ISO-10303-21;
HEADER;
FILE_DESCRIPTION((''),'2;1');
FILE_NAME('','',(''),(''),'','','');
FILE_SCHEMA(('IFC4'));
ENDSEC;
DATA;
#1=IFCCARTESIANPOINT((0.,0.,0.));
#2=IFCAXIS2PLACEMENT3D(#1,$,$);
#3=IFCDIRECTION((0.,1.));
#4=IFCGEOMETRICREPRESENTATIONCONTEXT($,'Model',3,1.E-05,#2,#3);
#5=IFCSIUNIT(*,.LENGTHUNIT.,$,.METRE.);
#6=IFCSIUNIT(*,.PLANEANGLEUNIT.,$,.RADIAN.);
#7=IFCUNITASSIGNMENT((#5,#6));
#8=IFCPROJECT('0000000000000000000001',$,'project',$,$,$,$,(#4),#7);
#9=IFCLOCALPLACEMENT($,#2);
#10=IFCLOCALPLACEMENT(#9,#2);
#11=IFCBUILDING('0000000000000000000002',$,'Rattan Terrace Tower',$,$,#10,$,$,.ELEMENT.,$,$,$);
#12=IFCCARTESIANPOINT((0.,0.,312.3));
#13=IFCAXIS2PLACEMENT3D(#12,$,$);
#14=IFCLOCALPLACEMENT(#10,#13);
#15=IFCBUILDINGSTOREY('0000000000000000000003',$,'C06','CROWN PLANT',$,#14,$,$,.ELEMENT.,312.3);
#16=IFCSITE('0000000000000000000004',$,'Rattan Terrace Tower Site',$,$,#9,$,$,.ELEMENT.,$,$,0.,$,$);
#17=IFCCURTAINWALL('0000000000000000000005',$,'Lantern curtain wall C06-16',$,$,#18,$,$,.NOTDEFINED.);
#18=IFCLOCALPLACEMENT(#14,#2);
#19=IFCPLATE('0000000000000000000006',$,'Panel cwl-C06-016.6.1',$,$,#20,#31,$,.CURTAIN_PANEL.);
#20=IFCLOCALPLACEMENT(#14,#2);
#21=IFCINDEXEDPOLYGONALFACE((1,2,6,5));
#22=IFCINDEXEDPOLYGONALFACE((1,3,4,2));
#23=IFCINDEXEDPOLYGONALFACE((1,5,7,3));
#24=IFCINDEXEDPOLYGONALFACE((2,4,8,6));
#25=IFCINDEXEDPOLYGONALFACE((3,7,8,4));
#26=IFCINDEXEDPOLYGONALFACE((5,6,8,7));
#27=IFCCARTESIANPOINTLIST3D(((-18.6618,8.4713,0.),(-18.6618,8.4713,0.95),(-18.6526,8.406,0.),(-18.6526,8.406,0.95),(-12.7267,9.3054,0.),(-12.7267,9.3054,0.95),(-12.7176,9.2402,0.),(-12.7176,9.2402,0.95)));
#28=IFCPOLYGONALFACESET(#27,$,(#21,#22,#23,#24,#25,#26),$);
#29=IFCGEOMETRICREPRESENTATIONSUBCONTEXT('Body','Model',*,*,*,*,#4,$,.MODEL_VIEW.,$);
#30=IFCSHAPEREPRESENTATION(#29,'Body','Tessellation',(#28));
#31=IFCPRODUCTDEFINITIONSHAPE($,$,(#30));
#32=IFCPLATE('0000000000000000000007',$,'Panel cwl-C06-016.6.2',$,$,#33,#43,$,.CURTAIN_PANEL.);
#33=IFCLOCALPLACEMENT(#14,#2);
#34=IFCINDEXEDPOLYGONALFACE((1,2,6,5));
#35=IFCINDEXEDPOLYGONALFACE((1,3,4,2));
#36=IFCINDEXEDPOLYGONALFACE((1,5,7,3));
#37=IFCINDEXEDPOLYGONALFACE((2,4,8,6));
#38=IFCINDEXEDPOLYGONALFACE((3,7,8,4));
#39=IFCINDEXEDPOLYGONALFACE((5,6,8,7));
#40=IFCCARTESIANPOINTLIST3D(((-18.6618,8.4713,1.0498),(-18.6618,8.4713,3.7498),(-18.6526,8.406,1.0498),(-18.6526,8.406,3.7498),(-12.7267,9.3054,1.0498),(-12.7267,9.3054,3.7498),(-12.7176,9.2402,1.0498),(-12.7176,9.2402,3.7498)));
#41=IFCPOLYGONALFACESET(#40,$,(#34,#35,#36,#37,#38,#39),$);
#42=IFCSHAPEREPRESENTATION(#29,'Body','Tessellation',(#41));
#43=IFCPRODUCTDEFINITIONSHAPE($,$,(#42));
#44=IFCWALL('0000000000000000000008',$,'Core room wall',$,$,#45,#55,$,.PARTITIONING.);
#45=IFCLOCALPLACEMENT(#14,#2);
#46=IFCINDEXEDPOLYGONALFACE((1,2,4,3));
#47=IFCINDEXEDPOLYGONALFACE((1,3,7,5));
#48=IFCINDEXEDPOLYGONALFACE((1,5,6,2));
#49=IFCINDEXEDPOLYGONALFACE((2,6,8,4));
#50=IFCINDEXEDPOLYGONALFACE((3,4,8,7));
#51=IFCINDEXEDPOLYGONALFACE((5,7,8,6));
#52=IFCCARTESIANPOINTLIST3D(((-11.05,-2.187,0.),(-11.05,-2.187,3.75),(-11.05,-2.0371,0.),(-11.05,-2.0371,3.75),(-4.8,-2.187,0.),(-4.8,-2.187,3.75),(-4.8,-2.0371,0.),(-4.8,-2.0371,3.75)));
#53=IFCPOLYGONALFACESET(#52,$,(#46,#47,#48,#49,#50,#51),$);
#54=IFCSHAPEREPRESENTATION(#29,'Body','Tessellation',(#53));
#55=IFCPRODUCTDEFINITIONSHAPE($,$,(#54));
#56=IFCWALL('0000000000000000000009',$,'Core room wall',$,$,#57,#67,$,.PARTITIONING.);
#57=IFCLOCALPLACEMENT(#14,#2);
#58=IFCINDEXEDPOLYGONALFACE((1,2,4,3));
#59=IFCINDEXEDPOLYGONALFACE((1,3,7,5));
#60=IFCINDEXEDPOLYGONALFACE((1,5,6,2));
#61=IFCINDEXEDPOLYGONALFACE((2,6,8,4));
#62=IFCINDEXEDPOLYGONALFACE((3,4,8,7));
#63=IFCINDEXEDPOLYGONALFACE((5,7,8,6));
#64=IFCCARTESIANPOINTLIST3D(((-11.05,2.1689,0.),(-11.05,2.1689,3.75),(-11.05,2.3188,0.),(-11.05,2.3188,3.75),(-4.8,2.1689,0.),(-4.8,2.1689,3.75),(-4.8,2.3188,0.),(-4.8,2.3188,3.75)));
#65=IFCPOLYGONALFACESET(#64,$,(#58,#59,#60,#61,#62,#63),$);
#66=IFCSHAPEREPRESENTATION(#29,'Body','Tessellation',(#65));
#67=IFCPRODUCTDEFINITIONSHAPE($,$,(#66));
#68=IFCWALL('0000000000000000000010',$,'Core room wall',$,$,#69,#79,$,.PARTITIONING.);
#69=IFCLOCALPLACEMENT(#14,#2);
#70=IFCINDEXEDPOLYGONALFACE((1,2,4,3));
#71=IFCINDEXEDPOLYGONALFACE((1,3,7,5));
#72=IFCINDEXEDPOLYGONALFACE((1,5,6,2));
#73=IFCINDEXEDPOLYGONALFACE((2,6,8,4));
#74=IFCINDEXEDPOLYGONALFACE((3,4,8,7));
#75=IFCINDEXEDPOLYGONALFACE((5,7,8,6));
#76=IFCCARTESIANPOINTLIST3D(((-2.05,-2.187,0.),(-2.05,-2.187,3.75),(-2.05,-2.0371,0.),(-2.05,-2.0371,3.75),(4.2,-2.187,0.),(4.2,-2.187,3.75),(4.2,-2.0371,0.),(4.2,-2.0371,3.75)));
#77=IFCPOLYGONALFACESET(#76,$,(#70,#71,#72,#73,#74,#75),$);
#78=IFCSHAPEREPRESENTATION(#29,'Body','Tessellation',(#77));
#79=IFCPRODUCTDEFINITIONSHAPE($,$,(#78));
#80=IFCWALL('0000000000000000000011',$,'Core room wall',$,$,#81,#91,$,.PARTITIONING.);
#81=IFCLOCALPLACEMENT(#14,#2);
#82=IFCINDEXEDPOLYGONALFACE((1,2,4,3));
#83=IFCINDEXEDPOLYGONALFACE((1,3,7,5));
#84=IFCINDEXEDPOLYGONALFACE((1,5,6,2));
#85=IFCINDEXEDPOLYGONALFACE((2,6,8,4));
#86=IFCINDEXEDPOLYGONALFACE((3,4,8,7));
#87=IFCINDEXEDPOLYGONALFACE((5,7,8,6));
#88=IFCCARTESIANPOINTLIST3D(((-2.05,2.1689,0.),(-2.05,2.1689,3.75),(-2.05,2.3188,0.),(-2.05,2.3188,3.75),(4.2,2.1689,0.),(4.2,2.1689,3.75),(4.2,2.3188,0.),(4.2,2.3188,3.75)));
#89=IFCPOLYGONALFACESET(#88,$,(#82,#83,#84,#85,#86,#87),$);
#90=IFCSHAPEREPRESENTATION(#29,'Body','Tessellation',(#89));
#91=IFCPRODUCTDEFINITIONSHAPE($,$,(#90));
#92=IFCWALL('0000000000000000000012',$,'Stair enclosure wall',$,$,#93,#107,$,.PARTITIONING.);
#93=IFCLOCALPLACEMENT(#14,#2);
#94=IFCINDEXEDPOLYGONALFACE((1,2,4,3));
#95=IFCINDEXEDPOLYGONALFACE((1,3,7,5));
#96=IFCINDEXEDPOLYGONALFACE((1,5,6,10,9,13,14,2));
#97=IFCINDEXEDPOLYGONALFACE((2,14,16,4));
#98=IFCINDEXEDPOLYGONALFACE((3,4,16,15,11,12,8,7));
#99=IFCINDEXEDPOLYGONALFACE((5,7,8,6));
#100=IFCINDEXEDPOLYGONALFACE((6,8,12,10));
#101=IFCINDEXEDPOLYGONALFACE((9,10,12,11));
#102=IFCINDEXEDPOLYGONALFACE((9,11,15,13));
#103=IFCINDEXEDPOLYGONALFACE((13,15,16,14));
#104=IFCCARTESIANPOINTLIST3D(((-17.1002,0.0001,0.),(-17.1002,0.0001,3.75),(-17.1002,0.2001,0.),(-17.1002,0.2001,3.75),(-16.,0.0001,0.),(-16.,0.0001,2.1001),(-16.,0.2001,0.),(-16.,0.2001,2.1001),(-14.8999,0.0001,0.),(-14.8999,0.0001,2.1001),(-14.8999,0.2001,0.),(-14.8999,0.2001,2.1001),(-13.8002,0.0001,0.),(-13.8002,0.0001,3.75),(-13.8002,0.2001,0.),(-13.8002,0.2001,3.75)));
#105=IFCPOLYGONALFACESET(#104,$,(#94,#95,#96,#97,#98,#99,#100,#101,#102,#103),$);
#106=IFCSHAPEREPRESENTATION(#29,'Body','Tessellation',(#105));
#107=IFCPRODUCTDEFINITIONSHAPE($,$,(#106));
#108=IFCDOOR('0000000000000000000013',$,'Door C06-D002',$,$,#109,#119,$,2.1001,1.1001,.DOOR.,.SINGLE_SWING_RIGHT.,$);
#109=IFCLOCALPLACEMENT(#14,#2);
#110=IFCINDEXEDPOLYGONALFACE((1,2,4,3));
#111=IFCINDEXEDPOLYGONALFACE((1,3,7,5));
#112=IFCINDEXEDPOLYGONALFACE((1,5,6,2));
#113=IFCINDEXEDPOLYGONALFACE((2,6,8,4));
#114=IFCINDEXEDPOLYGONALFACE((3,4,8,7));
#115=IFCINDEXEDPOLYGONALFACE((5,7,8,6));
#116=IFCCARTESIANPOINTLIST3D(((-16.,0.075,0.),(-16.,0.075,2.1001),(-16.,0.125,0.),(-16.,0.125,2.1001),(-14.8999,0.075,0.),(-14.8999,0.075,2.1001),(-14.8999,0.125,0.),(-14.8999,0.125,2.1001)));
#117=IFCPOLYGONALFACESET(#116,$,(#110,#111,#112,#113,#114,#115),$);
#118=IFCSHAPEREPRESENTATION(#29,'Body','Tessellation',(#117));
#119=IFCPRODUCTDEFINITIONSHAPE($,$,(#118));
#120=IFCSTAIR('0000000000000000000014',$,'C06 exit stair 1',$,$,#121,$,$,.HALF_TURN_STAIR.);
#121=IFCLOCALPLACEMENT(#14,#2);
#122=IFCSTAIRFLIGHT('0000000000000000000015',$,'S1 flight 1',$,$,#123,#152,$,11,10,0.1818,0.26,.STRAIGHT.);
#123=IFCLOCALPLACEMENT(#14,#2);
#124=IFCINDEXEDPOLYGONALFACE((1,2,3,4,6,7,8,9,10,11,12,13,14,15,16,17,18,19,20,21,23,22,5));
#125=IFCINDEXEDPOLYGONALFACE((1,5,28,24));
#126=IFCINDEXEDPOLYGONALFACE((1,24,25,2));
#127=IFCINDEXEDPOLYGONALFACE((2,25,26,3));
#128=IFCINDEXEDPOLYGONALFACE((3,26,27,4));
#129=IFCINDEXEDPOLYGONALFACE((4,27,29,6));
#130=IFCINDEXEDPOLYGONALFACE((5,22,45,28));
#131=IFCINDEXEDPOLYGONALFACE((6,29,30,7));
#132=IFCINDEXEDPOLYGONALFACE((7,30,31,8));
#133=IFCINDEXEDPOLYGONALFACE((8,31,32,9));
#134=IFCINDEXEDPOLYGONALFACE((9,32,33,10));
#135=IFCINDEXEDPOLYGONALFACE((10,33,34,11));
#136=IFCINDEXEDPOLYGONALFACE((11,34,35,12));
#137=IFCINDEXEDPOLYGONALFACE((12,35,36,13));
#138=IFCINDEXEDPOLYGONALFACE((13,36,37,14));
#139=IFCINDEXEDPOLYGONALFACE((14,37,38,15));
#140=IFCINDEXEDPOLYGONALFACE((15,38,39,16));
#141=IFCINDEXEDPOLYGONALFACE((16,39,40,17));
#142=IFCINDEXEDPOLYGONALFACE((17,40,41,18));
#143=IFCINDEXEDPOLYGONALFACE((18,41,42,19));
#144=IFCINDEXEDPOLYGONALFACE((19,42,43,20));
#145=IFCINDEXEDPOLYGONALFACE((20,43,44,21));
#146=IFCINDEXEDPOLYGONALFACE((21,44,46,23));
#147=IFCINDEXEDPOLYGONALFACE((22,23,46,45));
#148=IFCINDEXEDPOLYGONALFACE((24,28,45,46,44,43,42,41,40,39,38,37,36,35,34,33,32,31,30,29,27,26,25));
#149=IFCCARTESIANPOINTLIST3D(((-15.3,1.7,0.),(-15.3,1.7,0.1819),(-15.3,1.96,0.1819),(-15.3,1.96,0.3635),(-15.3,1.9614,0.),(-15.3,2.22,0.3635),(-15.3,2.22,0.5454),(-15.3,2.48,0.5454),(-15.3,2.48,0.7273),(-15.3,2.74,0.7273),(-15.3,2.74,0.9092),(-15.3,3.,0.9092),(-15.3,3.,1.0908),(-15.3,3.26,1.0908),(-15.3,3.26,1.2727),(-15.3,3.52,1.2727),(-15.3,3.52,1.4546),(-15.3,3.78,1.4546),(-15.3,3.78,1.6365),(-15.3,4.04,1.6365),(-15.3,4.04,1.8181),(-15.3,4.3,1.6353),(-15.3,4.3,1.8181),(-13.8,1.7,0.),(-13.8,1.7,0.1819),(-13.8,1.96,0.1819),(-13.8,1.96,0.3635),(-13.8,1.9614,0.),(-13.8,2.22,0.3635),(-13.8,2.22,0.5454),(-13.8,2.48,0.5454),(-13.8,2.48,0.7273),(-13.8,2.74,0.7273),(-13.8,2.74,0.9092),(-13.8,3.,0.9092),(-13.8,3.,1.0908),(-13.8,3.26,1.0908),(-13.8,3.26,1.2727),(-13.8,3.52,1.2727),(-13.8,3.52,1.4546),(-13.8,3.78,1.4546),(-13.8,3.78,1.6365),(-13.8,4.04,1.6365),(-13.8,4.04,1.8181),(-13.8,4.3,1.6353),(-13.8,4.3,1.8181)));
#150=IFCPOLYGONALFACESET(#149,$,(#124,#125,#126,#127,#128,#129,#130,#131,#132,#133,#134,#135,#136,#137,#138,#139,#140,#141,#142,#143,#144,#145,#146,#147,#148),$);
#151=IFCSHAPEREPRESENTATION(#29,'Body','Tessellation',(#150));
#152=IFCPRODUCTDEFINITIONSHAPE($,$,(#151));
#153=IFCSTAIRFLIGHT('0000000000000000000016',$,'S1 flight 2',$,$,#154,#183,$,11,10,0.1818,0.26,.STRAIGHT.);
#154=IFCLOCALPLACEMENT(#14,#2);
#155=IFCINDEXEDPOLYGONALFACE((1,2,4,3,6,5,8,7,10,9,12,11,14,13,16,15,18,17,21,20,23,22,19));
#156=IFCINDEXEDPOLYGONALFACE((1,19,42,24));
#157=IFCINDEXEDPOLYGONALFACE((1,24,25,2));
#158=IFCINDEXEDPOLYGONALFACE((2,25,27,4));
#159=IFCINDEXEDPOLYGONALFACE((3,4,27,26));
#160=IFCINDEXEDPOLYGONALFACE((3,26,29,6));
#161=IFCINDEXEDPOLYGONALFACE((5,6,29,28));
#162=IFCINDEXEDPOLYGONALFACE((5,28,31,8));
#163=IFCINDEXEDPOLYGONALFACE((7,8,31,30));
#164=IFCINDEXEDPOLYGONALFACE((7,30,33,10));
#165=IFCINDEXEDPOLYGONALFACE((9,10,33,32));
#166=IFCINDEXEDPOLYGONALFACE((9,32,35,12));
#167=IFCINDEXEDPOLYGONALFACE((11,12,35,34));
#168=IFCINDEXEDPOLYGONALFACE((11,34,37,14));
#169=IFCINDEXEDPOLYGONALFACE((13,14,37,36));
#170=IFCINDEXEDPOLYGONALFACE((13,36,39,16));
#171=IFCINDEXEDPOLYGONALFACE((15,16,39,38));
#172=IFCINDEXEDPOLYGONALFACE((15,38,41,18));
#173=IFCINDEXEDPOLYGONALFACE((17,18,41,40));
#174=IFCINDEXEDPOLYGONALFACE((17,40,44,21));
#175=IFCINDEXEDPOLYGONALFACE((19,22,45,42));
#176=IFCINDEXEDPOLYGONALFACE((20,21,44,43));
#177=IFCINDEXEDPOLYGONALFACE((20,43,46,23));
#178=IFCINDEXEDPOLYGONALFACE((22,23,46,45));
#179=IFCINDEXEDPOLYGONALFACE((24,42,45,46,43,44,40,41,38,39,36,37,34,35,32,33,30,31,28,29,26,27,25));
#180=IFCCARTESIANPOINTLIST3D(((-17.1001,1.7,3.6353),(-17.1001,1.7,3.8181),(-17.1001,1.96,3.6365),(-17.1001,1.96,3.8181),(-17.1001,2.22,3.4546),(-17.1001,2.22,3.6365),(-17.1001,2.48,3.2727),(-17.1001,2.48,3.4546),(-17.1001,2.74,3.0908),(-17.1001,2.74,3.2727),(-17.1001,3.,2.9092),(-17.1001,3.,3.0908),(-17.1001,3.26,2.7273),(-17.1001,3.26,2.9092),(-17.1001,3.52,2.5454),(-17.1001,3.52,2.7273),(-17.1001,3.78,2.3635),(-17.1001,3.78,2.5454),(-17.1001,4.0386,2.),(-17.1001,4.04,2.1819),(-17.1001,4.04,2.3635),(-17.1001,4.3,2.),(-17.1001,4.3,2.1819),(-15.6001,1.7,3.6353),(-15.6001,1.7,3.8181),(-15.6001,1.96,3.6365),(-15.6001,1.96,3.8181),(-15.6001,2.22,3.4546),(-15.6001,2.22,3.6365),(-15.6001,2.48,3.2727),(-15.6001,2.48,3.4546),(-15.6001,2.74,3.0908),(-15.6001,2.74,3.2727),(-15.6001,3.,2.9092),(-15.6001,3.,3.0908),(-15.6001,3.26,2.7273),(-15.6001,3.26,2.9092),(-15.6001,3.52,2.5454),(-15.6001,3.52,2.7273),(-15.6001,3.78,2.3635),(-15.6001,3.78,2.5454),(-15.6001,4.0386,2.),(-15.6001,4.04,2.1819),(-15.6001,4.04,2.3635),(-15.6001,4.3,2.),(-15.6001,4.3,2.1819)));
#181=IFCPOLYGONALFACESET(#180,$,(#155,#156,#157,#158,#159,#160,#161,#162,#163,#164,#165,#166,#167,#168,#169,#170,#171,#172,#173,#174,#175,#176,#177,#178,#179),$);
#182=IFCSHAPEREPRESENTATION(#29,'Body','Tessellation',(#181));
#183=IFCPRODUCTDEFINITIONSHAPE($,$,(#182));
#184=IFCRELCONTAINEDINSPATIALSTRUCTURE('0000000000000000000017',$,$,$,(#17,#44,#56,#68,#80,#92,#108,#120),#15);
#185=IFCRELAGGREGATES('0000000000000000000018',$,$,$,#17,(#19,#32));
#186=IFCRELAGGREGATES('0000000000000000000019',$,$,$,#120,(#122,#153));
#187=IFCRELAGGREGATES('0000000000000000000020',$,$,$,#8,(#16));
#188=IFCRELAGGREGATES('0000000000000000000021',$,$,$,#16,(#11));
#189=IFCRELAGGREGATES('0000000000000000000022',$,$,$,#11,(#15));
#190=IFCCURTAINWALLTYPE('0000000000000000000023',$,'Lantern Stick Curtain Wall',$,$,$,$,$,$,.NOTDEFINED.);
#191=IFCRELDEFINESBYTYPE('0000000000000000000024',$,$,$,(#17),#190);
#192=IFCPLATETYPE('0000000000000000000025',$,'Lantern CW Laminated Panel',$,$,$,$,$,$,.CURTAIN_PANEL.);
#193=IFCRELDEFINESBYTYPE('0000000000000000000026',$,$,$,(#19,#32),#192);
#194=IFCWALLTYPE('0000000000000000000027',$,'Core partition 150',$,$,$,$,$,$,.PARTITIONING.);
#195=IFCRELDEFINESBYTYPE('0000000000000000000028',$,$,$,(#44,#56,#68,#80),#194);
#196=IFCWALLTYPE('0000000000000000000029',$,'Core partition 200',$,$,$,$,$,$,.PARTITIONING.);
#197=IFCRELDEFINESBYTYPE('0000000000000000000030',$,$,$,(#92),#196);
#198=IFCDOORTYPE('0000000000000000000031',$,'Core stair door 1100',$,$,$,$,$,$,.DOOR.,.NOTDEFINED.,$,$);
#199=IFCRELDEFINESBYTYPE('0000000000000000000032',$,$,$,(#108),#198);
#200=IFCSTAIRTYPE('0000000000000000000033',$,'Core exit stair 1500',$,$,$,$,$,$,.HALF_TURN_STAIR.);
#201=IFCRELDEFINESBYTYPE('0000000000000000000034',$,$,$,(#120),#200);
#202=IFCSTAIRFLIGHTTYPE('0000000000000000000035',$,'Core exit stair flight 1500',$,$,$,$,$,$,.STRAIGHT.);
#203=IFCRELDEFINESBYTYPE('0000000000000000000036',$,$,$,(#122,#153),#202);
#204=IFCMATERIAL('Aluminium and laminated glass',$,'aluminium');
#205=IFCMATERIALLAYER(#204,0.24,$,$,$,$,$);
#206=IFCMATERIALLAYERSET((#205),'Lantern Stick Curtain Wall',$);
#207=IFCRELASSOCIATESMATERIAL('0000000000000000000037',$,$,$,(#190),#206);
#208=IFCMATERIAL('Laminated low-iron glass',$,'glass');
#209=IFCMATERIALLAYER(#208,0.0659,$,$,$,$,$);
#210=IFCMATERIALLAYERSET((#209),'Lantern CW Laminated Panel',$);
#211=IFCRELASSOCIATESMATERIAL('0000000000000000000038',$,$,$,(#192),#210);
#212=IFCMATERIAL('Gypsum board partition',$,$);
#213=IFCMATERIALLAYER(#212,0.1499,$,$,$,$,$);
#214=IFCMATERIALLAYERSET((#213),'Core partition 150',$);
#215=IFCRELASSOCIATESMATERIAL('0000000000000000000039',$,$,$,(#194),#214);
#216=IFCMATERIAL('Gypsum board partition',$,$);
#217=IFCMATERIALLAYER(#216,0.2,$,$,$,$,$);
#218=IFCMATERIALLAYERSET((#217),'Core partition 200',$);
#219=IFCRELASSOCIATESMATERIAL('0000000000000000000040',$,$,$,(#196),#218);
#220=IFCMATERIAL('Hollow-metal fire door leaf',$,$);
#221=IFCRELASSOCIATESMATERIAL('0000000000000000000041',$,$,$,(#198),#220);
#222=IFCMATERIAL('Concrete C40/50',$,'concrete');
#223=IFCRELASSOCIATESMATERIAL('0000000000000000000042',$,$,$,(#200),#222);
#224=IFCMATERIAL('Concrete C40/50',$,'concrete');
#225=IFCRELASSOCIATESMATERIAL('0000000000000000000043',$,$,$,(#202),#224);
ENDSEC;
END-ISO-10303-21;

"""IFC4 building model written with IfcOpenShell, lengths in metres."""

from ifc_helpers import new_model, si_unit, direction, frame, frame_2d, origin, origin_2d, place, context, subcontext, project, spatial, polyline, rectangle, outline, extrude, material, layer, layer_set, type_object, element, fill, aggregate, save


model = new_model("IFC4")

# Units and contexts
model_context = context("Model", 3, precision=1e-05, world=origin(), true_north=direction((0.0, 1.0)))
body_context = subcontext(model_context, "Body", "Model", "MODEL_VIEW")
ifc_project = project(units=[si_unit("LENGTHUNIT", "METRE"), si_unit("PLANEANGLEUNIT", "RADIAN")], contexts=[model_context])

# Site, building, storey
site_placement = place(None, origin())
site = spatial("IfcSite", under=ifc_project, at=site_placement, Name="Rattan Terrace Tower Site", CompositionType="ELEMENT", RefElevation=0.0)
building_placement = place(site_placement, origin())
building = spatial("IfcBuilding", under=site, at=building_placement, Name="Rattan Terrace Tower", CompositionType="ELEMENT")
storey_placement = place(building_placement, frame((0.0, 0.0, 312.3)))
storey = spatial("IfcBuildingStorey", under=building, at=storey_placement, Name="C06", Description="CROWN PLANT", CompositionType="ELEMENT", Elevation=312.3)

# Curtain wall, plates
ifc_material_1 = material(Name="Aluminium and laminated glass", Category="aluminium")
ifc_layer_1 = layer(ifc_material_1, 0.24)
ifc_layer_set_1 = layer_set([ifc_layer_1], Name="Lantern Stick Curtain Wall")
curtain_wall_type = type_object("IfcCurtainWallType", Name="Lantern Stick Curtain Wall", PredefinedType="NOTDEFINED", material=ifc_layer_set_1)
curtain_wall_placement = place(storey_placement, origin())
curtain_wall = element("IfcCurtainWall", 1, at=curtain_wall_placement, inside=storey, type_object=curtain_wall_type, Name="Lantern curtain wall C06-16", PredefinedType="NOTDEFINED")
ifc_material_2 = material(Name="Laminated low-iron glass", Category="glass")
ifc_layer_2 = layer(ifc_material_2, 0.0659)
ifc_layer_set_2 = layer_set([ifc_layer_2], Name="Lantern CW Laminated Panel")
plate_type = type_object("IfcPlateType", Name="Lantern CW Laminated Panel", PredefinedType="CURTAIN_PANEL", material=ifc_layer_set_2)
plate_1_placement = place(storey_placement, frame((-15.6897, 8.8557, 0.0), z_axis=(0.0, 0.0, 1.0), x_axis=(-0.990267, -0.139181, 0.0)))
plate_1 = element("IfcPlate", 2, at=plate_1_placement, type_object=plate_type, Name="Panel cwl-C06-016.6.1", PredefinedType="CURTAIN_PANEL", context=body_context, shape_type="SweptSolid", body=[
    extrude(rectangle(XDim=5.9934, YDim=0.0659, at=origin_2d()), origin(), (0.0, 0.0, 1.0), 0.95),
])
plate_2_placement = place(storey_placement, frame((-15.6897, 8.8557, 1.0498), z_axis=(0.0, 0.0, 1.0), x_axis=(-0.990267, -0.139181, 0.0)))
plate_2 = element("IfcPlate", 3, at=plate_2_placement, type_object=plate_type, Name="Panel cwl-C06-016.6.2", PredefinedType="CURTAIN_PANEL", context=body_context, shape_type="SweptSolid", body=[
    extrude(rectangle(XDim=5.9934, YDim=0.0659, at=origin_2d()), origin(), (0.0, 0.0, 1.0), 2.7),
])
aggregate(curtain_wall, [plate_1, plate_2])

# Walls
ifc_material_3 = material(Name="Gypsum board partition")
ifc_layer_3 = layer(ifc_material_3, 0.1499)
ifc_layer_set_3 = layer_set([ifc_layer_3], Name="Core partition 150")
wall_type_1 = type_object("IfcWallType", Name="Core partition 150", PredefinedType="PARTITIONING", material=ifc_layer_set_3)
for number, where, z_axis, x_axis, name in (
    (4, (-11.05, -2.1121, 0.0), (0.0, 0.0, 1.0), (1.0, 0.0, 0.0), "Core room wall"),
    (5, (-11.05, 2.2439, 0.0), (0.0, 0.0, 1.0), (1.0, 0.0, 0.0), "Core room wall"),
    (6, (-2.05, -2.1121, 0.0), (0.0, 0.0, 1.0), (1.0, 0.0, 0.0), "Core room wall"),
    (7, (-2.05, 2.2439, 0.0), (0.0, 0.0, 1.0), (1.0, 0.0, 0.0), "Core room wall"),
):
    element("IfcWall", number, at=place(storey_placement, frame(where, z_axis=z_axis, x_axis=x_axis)), inside=storey, type_object=wall_type_1, Name=name, PredefinedType="PARTITIONING", context=body_context, shape_type="SweptSolid", body=[
        extrude(rectangle(XDim=6.25, YDim=0.1499, at=frame_2d((3.125, 0.0))), origin(), (0.0, 0.0, 1.0), 3.75),
    ])

# Wall, opening, door
ifc_material_4 = material(Name="Gypsum board partition")
ifc_layer_4 = layer(ifc_material_4, 0.2)
ifc_layer_set_4 = layer_set([ifc_layer_4], Name="Core partition 200")
wall_type_2 = type_object("IfcWallType", Name="Core partition 200", PredefinedType="PARTITIONING", material=ifc_layer_set_4)
wall_placement = place(storey_placement, frame((-17.1001, 0.1001, 0.0), z_axis=(0.0, 0.0, 1.0), x_axis=(1.0, 0.0, 0.0)))
wall = element("IfcWall", 8, at=wall_placement, inside=storey, type_object=wall_type_2, Name="Stair enclosure wall", PredefinedType="PARTITIONING", context=body_context, shape_type="SweptSolid", body=[
    extrude(rectangle(XDim=3.3, YDim=0.2, at=frame_2d((1.6499, 0.0))), origin(), (0.0, 0.0, 1.0), 3.75),
])
opening_placement = place(wall_placement, frame((1.1001, 0.0, 0.0)))
opening = element("IfcOpeningElement", 9, at=opening_placement, cuts=wall, PredefinedType="OPENING", context=body_context, shape_type="SweptSolid", body=[
    extrude(rectangle(XDim=1.1001, YDim=2.1001, at=frame_2d((0.55, 1.05))), frame((0.0, 0.1106, 0.0), z_axis=(0.0, -1.0, 0.0), x_axis=(1.0, 0.0, 0.0)), (0.0, 0.0, 1.0), 0.2209),
])
ifc_material_5 = material(Name="Hollow-metal fire door leaf")
door_type = type_object("IfcDoorType", Name="Core stair door 1100", OperationType="NOTDEFINED", PredefinedType="DOOR", material=ifc_material_5)
door_placement = place(opening_placement, origin())
door = element("IfcDoor", 10, at=door_placement, inside=storey, type_object=door_type, Name="Door C06-D002", OperationType="SINGLE_SWING_RIGHT", OverallHeight=2.1001, OverallWidth=1.1001, PredefinedType="DOOR", context=body_context, shape_type="SweptSolid", body=[
    extrude(rectangle(XDim=1.1001, YDim=2.1001, at=frame_2d((0.55, 1.05))), frame((0.0, 0.0249, 0.0), z_axis=(0.0, -1.0, 0.0), x_axis=(1.0, 0.0, 0.0)), (0.0, 0.0, 1.0), 0.05),
])
fill(opening, door)

# Stair, stair flights
ifc_material_6 = material(Name="Concrete C40/50", Category="concrete")
stair_type = type_object("IfcStairType", Name="Core exit stair 1500", PredefinedType="HALF_TURN_STAIR", material=ifc_material_6)
stair_placement = place(storey_placement, origin())
stair = element("IfcStair", 11, at=stair_placement, inside=storey, type_object=stair_type, Name="C06 exit stair 1", PredefinedType="HALF_TURN_STAIR")
ifc_material_7 = material(Name="Concrete C40/50", Category="concrete")
stair_flight_type = type_object("IfcStairFlightType", Name="Core exit stair flight 1500", PredefinedType="STRAIGHT", material=ifc_material_7)
stair_flight_1_placement = place(storey_placement, frame((-14.55, 1.7, 0.0), z_axis=(0.0, 0.0, 1.0), x_axis=(0.0, 1.0, 0.0)))
stair_flight_1 = element("IfcStairFlight", 12, at=stair_flight_1_placement, type_object=stair_flight_type, Name="S1 flight 1", NumberOfRisers=11, NumberOfTreads=10, PredefinedType="STRAIGHT", RiserHeight=0.1818, TreadLength=0.26, context=body_context, shape_type="SweptSolid", body=[
    extrude(outline(polyline([(0.0, 0.0), (0.0, 0.1819), (0.26, 0.1819), (0.26, 0.3635), (0.52, 0.3635), (0.52, 0.5454), (0.78, 0.5454), (0.78, 0.7273), (1.04, 0.7273), (1.04, 0.9092), (1.3, 0.9092), (1.3, 1.0908), (1.5601, 1.0908), (1.5601, 1.2727), (1.8201, 1.2727), (1.8201, 1.4546), (2.0801, 1.4546), (2.0801, 1.6365), (2.3401, 1.6365), (2.3401, 1.8181), (2.6001, 1.8181), (2.6001, 2.0), (2.6001, 1.6353), (0.2615, 0.0), (0.0, 0.0)])), frame((0.0, 0.75, 0.0), z_axis=(0.0, -1.0, 0.0), x_axis=(1.0, 0.0, 0.0)), (0.0, 0.0, 1.0), 1.5),
])
stair_flight_2_placement = place(storey_placement, frame((-16.3501, 4.3, 2.0), z_axis=(0.0, 0.0, 1.0), x_axis=(0.0, -1.0, 0.0)))
stair_flight_2 = element("IfcStairFlight", 13, at=stair_flight_2_placement, type_object=stair_flight_type, Name="S1 flight 2", NumberOfRisers=11, NumberOfTreads=10, PredefinedType="STRAIGHT", RiserHeight=0.1818, TreadLength=0.26, context=body_context, shape_type="SweptSolid", body=[
    extrude(outline(polyline([(0.0, 0.0), (0.0, 0.1819), (0.26, 0.1819), (0.26, 0.3635), (0.52, 0.3635), (0.52, 0.5454), (0.78, 0.5454), (0.78, 0.7273), (1.04, 0.7273), (1.04, 0.9092), (1.3, 0.9092), (1.3, 1.0908), (1.5601, 1.0908), (1.5601, 1.2727), (1.8201, 1.2727), (1.8201, 1.4546), (2.0801, 1.4546), (2.0801, 1.6365), (2.3401, 1.6365), (2.3401, 1.8181), (2.6001, 1.8181), (2.6001, 2.0), (2.6001, 1.6353), (0.2615, 0.0), (0.0, 0.0)])), frame((0.0, 0.75, 0.0), z_axis=(0.0, -1.0, 0.0), x_axis=(1.0, 0.0, 0.0)), (0.0, 0.0, 1.0), 1.5),
])
aggregate(stair, [stair_flight_1, stair_flight_2])

save(model, "model.ifc")
